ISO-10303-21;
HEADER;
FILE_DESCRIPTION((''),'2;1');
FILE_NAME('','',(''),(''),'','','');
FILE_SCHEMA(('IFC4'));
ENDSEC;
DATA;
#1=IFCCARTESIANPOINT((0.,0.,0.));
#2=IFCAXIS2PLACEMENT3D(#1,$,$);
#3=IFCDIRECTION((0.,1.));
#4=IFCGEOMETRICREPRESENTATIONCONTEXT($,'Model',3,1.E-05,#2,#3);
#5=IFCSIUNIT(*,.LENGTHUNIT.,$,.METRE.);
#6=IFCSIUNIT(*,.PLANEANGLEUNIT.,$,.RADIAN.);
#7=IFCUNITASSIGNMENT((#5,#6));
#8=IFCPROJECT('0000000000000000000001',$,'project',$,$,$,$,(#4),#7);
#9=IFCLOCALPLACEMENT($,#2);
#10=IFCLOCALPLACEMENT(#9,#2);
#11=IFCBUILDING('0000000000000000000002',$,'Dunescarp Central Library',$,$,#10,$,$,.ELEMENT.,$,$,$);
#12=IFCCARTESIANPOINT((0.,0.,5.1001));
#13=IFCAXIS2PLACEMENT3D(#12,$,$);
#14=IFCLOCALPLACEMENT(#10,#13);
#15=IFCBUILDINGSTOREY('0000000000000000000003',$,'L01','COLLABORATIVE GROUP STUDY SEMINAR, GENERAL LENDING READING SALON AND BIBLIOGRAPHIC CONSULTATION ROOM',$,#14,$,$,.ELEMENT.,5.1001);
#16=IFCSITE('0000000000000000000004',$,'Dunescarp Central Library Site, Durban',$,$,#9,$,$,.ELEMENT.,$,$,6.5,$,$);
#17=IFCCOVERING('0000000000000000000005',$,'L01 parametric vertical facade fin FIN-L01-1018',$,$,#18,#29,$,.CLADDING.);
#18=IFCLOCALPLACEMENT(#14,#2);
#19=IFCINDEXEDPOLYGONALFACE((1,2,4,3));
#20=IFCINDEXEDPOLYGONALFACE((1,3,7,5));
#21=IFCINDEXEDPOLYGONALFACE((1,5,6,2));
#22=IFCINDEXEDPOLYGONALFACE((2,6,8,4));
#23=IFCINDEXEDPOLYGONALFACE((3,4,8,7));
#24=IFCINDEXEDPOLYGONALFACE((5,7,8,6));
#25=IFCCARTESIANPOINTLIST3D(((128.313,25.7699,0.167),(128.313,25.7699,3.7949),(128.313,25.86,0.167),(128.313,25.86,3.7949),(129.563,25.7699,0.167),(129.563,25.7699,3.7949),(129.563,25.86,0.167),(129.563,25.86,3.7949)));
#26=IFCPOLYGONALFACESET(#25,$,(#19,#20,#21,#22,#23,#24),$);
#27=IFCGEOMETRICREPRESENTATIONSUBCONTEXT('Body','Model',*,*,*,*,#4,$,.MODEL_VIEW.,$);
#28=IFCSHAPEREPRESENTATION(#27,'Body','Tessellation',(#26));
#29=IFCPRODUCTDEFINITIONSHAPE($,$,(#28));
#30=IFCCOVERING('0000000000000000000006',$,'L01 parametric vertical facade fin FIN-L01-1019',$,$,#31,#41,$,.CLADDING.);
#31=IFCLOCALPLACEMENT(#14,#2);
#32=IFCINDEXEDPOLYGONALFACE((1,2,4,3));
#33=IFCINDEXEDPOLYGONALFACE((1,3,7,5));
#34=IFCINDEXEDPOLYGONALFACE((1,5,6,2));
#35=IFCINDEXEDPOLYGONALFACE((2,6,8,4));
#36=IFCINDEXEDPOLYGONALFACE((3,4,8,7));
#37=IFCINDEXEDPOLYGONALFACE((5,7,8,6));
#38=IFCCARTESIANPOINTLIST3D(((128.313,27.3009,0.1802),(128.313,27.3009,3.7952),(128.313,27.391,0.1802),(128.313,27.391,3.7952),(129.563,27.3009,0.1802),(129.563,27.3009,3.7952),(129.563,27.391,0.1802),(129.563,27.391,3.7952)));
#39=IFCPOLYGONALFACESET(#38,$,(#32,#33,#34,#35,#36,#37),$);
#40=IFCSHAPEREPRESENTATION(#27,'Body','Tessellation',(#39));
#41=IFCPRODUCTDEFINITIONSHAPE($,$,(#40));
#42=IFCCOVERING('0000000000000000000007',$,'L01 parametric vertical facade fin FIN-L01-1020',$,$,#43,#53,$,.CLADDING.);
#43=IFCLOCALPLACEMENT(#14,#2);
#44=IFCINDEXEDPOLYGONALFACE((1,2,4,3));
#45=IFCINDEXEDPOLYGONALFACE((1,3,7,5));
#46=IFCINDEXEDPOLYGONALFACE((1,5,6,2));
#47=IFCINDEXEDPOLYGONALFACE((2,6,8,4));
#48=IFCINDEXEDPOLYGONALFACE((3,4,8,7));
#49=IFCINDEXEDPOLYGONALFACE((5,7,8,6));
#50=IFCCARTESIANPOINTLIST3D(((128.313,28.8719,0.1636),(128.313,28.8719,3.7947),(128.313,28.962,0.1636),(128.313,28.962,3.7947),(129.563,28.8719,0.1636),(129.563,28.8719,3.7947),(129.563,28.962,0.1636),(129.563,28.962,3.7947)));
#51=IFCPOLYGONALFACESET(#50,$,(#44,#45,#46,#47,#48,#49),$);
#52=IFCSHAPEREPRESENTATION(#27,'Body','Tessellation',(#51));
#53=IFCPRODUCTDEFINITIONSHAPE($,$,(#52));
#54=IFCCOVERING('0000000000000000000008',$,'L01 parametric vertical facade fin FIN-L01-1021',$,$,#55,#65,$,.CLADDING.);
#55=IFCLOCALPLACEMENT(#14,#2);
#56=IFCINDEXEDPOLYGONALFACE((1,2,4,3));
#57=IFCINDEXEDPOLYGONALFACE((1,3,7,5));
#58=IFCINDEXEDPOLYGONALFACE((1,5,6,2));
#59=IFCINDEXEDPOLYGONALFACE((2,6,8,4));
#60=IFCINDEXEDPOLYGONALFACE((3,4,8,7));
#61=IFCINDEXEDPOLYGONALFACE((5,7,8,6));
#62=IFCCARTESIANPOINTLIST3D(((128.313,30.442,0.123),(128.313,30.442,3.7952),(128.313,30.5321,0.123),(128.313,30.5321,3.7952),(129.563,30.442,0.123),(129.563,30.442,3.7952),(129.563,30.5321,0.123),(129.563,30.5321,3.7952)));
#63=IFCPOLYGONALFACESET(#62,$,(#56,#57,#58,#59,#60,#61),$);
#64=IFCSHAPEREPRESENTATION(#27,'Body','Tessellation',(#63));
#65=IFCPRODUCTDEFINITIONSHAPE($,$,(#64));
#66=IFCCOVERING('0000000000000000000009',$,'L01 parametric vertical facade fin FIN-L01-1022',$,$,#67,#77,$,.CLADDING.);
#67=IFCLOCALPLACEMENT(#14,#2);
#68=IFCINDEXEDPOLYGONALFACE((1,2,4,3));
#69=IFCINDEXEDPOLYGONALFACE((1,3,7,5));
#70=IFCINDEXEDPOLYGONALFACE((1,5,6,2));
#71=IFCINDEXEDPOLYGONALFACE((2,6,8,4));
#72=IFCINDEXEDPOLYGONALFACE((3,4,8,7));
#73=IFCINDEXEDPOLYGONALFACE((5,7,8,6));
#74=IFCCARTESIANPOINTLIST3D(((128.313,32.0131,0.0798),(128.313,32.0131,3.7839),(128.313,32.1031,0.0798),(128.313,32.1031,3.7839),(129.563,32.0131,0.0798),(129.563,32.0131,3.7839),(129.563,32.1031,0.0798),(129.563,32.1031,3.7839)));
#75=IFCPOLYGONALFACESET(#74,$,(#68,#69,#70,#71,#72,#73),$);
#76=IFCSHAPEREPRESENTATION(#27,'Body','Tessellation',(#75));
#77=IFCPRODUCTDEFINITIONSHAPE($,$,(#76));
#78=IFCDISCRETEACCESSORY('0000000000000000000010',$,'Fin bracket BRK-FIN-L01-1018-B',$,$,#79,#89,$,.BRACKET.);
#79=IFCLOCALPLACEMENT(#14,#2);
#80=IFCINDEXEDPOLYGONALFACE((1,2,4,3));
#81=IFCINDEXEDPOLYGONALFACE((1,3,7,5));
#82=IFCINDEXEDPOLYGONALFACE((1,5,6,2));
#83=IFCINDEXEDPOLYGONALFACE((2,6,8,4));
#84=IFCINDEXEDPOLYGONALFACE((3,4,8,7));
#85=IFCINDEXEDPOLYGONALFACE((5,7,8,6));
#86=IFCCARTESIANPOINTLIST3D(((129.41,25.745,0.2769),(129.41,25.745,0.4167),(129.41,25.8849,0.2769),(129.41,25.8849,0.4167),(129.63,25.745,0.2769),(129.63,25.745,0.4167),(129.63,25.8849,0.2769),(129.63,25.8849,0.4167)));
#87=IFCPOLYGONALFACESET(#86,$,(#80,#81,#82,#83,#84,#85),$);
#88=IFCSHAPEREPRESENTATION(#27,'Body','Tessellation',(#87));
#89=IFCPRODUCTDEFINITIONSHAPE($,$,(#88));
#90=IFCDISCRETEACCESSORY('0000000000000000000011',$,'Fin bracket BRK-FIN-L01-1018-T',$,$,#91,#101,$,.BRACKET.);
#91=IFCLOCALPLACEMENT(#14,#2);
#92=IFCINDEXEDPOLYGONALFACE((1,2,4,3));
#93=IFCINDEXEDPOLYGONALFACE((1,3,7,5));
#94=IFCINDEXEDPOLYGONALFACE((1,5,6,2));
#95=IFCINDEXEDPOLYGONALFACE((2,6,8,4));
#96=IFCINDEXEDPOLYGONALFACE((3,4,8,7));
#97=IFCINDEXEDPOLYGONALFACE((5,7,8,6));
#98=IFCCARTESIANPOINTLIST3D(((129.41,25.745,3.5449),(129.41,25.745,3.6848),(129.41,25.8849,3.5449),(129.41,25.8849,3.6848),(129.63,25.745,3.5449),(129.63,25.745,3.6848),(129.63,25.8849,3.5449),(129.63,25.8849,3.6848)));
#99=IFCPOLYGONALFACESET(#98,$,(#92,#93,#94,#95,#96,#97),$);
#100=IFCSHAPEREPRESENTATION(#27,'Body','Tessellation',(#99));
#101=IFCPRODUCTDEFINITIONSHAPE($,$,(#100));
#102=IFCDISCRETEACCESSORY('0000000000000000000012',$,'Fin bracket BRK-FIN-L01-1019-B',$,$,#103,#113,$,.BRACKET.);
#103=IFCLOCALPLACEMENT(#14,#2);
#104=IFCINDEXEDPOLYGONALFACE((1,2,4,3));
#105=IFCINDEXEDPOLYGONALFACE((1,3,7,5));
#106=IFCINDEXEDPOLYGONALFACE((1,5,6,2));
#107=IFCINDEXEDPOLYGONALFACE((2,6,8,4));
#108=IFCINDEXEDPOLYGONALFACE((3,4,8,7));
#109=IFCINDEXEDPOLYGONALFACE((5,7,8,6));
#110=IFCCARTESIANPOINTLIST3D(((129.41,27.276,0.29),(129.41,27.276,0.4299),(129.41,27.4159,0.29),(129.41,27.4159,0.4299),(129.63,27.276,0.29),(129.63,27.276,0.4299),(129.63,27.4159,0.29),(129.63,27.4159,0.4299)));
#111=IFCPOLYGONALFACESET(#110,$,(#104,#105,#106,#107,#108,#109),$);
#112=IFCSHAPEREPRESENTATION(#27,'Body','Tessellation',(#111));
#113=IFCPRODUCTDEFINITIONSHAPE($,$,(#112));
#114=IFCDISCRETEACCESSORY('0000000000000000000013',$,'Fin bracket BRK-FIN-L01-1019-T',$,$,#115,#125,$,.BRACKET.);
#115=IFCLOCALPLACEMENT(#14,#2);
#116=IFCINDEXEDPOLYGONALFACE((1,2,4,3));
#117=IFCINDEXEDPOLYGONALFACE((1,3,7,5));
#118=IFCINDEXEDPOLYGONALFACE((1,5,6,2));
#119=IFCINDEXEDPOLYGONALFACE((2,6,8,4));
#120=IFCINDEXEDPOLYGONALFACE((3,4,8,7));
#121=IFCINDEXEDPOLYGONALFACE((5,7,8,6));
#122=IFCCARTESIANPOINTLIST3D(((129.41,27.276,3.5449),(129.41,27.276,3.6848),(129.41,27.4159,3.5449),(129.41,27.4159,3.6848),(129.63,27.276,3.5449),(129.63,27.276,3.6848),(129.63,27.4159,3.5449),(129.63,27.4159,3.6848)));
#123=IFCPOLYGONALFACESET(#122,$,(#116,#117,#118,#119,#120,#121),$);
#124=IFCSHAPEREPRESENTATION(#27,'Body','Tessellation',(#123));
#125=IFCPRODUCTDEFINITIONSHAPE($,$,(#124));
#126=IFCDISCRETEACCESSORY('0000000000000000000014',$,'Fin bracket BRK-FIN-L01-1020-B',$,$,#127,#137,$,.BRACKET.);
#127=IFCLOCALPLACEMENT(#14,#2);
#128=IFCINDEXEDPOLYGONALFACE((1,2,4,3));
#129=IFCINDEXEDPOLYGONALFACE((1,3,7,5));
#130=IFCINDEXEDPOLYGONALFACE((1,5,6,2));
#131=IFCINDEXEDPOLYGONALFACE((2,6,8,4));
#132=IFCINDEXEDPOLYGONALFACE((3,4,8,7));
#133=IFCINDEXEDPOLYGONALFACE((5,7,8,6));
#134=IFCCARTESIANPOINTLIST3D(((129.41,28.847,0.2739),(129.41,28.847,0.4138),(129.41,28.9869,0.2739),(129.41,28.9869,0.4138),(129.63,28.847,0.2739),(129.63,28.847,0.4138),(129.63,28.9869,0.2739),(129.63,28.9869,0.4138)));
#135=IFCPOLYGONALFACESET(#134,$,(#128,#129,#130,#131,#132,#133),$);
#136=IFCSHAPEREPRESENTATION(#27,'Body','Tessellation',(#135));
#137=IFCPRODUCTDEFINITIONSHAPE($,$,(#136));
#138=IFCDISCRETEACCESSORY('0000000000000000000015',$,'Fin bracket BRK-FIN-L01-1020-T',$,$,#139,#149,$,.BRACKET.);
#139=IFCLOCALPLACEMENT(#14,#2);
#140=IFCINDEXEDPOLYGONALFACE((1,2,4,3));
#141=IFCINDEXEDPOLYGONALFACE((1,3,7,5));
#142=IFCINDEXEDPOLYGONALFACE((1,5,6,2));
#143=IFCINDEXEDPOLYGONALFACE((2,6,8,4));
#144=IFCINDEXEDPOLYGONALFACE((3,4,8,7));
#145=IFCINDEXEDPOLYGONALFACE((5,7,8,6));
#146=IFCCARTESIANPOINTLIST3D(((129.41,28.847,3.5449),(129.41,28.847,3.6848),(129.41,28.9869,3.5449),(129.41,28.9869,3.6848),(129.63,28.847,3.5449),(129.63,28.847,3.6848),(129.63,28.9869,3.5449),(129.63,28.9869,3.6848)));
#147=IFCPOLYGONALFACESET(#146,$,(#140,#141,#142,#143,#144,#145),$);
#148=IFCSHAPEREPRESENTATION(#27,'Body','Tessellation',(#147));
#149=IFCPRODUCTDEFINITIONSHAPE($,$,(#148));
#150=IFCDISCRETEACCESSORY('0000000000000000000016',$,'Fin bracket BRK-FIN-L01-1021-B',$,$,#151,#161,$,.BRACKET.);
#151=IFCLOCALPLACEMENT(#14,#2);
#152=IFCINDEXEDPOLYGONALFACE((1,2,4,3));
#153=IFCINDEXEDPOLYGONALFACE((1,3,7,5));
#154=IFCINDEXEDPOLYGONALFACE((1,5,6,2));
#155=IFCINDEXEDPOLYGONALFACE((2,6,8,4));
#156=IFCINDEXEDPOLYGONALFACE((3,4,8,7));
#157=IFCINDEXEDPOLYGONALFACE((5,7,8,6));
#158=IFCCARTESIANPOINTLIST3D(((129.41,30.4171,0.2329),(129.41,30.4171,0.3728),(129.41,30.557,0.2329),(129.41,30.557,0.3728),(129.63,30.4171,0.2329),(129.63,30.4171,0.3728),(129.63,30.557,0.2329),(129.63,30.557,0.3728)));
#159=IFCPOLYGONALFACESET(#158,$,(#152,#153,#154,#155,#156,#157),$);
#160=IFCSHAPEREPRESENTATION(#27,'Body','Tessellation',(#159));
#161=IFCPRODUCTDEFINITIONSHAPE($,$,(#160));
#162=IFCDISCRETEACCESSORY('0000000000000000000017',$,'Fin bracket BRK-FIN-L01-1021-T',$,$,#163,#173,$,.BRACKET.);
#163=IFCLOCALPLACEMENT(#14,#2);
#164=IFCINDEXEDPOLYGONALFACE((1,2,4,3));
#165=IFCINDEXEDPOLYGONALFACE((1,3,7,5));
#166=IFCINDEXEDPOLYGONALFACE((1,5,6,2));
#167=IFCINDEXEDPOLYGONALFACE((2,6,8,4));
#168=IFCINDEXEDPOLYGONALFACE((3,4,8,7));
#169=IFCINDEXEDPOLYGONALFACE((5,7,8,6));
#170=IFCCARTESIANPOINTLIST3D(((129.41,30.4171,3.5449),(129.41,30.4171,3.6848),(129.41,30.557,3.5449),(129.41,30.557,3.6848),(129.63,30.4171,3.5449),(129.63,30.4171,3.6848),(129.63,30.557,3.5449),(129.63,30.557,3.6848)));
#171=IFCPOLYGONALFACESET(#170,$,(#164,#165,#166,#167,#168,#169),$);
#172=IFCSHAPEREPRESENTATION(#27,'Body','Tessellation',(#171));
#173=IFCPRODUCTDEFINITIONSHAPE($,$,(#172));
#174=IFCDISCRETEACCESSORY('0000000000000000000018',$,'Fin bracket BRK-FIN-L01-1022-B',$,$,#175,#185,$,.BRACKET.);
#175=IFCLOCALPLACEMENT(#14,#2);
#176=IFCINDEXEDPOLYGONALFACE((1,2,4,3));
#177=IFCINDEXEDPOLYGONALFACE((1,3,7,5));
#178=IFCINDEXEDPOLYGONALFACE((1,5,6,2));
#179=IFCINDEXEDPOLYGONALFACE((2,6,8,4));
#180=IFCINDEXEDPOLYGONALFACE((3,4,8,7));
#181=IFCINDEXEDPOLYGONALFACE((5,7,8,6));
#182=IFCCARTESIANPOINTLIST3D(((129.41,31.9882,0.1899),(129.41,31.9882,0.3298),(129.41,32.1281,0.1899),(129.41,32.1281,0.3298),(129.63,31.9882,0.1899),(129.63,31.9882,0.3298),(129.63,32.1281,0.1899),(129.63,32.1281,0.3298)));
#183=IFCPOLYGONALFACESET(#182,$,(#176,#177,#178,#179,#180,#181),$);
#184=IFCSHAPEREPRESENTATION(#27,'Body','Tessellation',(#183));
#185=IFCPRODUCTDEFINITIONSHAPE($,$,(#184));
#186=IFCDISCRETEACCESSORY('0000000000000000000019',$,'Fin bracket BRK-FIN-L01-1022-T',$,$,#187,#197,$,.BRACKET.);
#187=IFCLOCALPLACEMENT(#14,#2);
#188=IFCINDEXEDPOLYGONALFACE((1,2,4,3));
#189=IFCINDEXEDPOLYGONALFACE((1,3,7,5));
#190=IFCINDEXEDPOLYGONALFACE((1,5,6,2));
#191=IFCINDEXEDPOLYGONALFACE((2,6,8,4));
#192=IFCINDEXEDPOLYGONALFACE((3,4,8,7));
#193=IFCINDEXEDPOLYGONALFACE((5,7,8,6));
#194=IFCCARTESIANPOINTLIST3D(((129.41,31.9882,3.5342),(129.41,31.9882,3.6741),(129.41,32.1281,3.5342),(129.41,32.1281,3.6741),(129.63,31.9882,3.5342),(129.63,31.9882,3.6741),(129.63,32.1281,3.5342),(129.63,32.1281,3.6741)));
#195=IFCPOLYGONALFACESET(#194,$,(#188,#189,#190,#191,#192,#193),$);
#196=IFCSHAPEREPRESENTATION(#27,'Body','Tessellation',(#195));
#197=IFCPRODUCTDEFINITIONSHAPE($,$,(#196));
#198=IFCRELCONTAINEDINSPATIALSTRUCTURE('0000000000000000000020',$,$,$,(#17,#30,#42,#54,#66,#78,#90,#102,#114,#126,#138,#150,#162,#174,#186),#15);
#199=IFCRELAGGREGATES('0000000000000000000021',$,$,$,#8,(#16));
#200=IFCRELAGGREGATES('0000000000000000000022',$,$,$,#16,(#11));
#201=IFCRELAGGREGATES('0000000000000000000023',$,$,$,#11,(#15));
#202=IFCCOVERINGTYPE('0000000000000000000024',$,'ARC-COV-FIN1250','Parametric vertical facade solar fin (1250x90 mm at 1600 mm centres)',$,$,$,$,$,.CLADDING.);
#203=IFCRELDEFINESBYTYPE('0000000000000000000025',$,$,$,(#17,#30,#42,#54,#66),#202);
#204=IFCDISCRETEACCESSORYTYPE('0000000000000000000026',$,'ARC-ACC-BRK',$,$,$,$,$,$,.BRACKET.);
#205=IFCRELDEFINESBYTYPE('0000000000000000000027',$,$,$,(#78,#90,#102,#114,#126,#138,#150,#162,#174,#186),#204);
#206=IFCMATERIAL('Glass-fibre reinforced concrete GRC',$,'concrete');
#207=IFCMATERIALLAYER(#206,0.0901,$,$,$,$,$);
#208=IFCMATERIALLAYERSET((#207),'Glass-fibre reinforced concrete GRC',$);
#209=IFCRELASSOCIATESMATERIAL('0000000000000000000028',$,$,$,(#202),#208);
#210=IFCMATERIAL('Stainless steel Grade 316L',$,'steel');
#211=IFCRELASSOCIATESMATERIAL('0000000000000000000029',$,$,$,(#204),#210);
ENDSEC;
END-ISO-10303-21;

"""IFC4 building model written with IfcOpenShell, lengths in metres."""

from ifc_helpers import new_model, si_unit, direction, frame, origin, origin_2d, place, context, subcontext, project, spatial, rectangle, extrude, material, layer, layer_set, type_object, element, save


model = new_model("IFC4")

# Units and contexts
model_context = context("Model", 3, precision=1e-05, world=origin(), true_north=direction((0.0, 1.0)))
body_context = subcontext(model_context, "Body", "Model", "MODEL_VIEW")
ifc_project = project(units=[si_unit("LENGTHUNIT", "METRE"), si_unit("PLANEANGLEUNIT", "RADIAN")], contexts=[model_context])

# Site, building, storey
site_placement = place(None, origin())
site = spatial("IfcSite", under=ifc_project, at=site_placement, Name="Dunescarp Central Library Site, Durban", CompositionType="ELEMENT", RefElevation=6.5)
building_placement = place(site_placement, origin())
building = spatial("IfcBuilding", under=site, at=building_placement, Name="Dunescarp Central Library", CompositionType="ELEMENT")
storey_placement = place(building_placement, frame((0.0, 0.0, 5.1001)))
storey = spatial("IfcBuildingStorey", under=building, at=storey_placement, Name="L01", Description="COLLABORATIVE GROUP STUDY SEMINAR, GENERAL LENDING READING SALON AND BIBLIOGRAPHIC CONSULTATION ROOM", CompositionType="ELEMENT", Elevation=5.1001)

# Coverings
ifc_material_1 = material(Name="Glass-fibre reinforced concrete GRC", Category="concrete")
ifc_layer_1 = layer(ifc_material_1, 0.0901)
ifc_layer_set_1 = layer_set([ifc_layer_1], Name="Glass-fibre reinforced concrete GRC")
covering_type = type_object("IfcCoveringType", Name="ARC-COV-FIN1250", Description="Parametric vertical facade solar fin (1250x90 mm at 1600 mm centres)", PredefinedType="CLADDING", material=ifc_layer_set_1)
covering_1_placement = place(storey_placement, frame((128.938, 25.8149, 0.167), z_axis=(0.0, 0.0, 1.0), x_axis=(-1.0, 0.0, 0.0)))
element("IfcCovering", 1, at=covering_1_placement, inside=storey, type_object=covering_type, Name="L01 parametric vertical facade fin FIN-L01-1018", PredefinedType="CLADDING", context=body_context, shape_type="SweptSolid", body=[
    extrude(rectangle(XDim=1.25, YDim=0.0901, at=origin_2d()), origin(), (0.0, 0.0, 1.0), 3.6279),
])
covering_2_placement = place(storey_placement, frame((128.938, 27.3459, 0.1802), z_axis=(0.0, 0.0, 1.0), x_axis=(-1.0, 0.0, 0.0)))
element("IfcCovering", 2, at=covering_2_placement, inside=storey, type_object=covering_type, Name="L01 parametric vertical facade fin FIN-L01-1019", PredefinedType="CLADDING", context=body_context, shape_type="SweptSolid", body=[
    extrude(rectangle(XDim=1.25, YDim=0.0901, at=origin_2d()), origin(), (0.0, 0.0, 1.0), 3.615),
])
covering_3_placement = place(storey_placement, frame((128.938, 28.917, 0.1636), z_axis=(0.0, 0.0, 1.0), x_axis=(-1.0, 0.0, 0.0)))
element("IfcCovering", 3, at=covering_3_placement, inside=storey, type_object=covering_type, Name="L01 parametric vertical facade fin FIN-L01-1020", PredefinedType="CLADDING", context=body_context, shape_type="SweptSolid", body=[
    extrude(rectangle(XDim=1.25, YDim=0.0901, at=origin_2d()), origin(), (0.0, 0.0, 1.0), 3.6311),
])
covering_4_placement = place(storey_placement, frame((128.938, 30.4871, 0.123), z_axis=(0.0, 0.0, 1.0), x_axis=(-1.0, 0.0, 0.0)))
element("IfcCovering", 4, at=covering_4_placement, inside=storey, type_object=covering_type, Name="L01 parametric vertical facade fin FIN-L01-1021", PredefinedType="CLADDING", context=body_context, shape_type="SweptSolid", body=[
    extrude(rectangle(XDim=1.25, YDim=0.0901, at=origin_2d()), origin(), (0.0, 0.0, 1.0), 3.6721),
])
covering_5_placement = place(storey_placement, frame((128.938, 32.0581, 0.0798), z_axis=(0.0, 0.0, 1.0), x_axis=(-1.0, 0.0, 0.0)))
element("IfcCovering", 5, at=covering_5_placement, inside=storey, type_object=covering_type, Name="L01 parametric vertical facade fin FIN-L01-1022", PredefinedType="CLADDING", context=body_context, shape_type="SweptSolid", body=[
    extrude(rectangle(XDim=1.25, YDim=0.0901, at=origin_2d()), origin(), (0.0, 0.0, 1.0), 3.7041),
])

# Discrete accessories
ifc_material_2 = material(Name="Stainless steel Grade 316L", Category="steel")
discrete_accessory_type = type_object("IfcDiscreteAccessoryType", Name="ARC-ACC-BRK", PredefinedType="BRACKET", material=ifc_material_2)
for number, where, z_axis, x_axis, name in (
    (6, (129.52, 25.8149, 0.2769), (0.0, 0.0, 1.0), (-1.0, 0.0, 0.0), "Fin bracket BRK-FIN-L01-1018-B"),
    (7, (129.52, 25.8149, 3.5449), (0.0, 0.0, 1.0), (-1.0, 0.0, 0.0), "Fin bracket BRK-FIN-L01-1018-T"),
    (8, (129.52, 27.3459, 0.29), (0.0, 0.0, 1.0), (-1.0, 0.0, 0.0), "Fin bracket BRK-FIN-L01-1019-B"),
    (9, (129.52, 27.3459, 3.5449), (0.0, 0.0, 1.0), (-1.0, 0.0, 0.0), "Fin bracket BRK-FIN-L01-1019-T"),
    (10, (129.52, 28.917, 0.2739), (0.0, 0.0, 1.0), (-1.0, 0.0, 0.0), "Fin bracket BRK-FIN-L01-1020-B"),
    (11, (129.52, 28.917, 3.5449), (0.0, 0.0, 1.0), (-1.0, 0.0, 0.0), "Fin bracket BRK-FIN-L01-1020-T"),
    (12, (129.52, 30.4871, 0.2329), (0.0, 0.0, 1.0), (-1.0, 0.0, 0.0), "Fin bracket BRK-FIN-L01-1021-B"),
    (13, (129.52, 30.4871, 3.5449), (0.0, 0.0, 1.0), (-1.0, 0.0, 0.0), "Fin bracket BRK-FIN-L01-1021-T"),
    (14, (129.52, 32.0581, 0.1899), (0.0, 0.0, 1.0), (-1.0, 0.0, 0.0), "Fin bracket BRK-FIN-L01-1022-B"),
    (15, (129.52, 32.0581, 3.5342), (0.0, 0.0, 1.0), (-1.0, 0.0, 0.0), "Fin bracket BRK-FIN-L01-1022-T"),
):
    element("IfcDiscreteAccessory", number, at=place(storey_placement, frame(where, z_axis=z_axis, x_axis=x_axis)), inside=storey, type_object=discrete_accessory_type, Name=name, PredefinedType="BRACKET", context=body_context, shape_type="SweptSolid", body=[
        extrude(rectangle(XDim=0.22, YDim=0.1399, at=origin_2d()), origin(), (0.0, 0.0, 1.0), 0.1399),
    ])

save(model, "model.ifc")
